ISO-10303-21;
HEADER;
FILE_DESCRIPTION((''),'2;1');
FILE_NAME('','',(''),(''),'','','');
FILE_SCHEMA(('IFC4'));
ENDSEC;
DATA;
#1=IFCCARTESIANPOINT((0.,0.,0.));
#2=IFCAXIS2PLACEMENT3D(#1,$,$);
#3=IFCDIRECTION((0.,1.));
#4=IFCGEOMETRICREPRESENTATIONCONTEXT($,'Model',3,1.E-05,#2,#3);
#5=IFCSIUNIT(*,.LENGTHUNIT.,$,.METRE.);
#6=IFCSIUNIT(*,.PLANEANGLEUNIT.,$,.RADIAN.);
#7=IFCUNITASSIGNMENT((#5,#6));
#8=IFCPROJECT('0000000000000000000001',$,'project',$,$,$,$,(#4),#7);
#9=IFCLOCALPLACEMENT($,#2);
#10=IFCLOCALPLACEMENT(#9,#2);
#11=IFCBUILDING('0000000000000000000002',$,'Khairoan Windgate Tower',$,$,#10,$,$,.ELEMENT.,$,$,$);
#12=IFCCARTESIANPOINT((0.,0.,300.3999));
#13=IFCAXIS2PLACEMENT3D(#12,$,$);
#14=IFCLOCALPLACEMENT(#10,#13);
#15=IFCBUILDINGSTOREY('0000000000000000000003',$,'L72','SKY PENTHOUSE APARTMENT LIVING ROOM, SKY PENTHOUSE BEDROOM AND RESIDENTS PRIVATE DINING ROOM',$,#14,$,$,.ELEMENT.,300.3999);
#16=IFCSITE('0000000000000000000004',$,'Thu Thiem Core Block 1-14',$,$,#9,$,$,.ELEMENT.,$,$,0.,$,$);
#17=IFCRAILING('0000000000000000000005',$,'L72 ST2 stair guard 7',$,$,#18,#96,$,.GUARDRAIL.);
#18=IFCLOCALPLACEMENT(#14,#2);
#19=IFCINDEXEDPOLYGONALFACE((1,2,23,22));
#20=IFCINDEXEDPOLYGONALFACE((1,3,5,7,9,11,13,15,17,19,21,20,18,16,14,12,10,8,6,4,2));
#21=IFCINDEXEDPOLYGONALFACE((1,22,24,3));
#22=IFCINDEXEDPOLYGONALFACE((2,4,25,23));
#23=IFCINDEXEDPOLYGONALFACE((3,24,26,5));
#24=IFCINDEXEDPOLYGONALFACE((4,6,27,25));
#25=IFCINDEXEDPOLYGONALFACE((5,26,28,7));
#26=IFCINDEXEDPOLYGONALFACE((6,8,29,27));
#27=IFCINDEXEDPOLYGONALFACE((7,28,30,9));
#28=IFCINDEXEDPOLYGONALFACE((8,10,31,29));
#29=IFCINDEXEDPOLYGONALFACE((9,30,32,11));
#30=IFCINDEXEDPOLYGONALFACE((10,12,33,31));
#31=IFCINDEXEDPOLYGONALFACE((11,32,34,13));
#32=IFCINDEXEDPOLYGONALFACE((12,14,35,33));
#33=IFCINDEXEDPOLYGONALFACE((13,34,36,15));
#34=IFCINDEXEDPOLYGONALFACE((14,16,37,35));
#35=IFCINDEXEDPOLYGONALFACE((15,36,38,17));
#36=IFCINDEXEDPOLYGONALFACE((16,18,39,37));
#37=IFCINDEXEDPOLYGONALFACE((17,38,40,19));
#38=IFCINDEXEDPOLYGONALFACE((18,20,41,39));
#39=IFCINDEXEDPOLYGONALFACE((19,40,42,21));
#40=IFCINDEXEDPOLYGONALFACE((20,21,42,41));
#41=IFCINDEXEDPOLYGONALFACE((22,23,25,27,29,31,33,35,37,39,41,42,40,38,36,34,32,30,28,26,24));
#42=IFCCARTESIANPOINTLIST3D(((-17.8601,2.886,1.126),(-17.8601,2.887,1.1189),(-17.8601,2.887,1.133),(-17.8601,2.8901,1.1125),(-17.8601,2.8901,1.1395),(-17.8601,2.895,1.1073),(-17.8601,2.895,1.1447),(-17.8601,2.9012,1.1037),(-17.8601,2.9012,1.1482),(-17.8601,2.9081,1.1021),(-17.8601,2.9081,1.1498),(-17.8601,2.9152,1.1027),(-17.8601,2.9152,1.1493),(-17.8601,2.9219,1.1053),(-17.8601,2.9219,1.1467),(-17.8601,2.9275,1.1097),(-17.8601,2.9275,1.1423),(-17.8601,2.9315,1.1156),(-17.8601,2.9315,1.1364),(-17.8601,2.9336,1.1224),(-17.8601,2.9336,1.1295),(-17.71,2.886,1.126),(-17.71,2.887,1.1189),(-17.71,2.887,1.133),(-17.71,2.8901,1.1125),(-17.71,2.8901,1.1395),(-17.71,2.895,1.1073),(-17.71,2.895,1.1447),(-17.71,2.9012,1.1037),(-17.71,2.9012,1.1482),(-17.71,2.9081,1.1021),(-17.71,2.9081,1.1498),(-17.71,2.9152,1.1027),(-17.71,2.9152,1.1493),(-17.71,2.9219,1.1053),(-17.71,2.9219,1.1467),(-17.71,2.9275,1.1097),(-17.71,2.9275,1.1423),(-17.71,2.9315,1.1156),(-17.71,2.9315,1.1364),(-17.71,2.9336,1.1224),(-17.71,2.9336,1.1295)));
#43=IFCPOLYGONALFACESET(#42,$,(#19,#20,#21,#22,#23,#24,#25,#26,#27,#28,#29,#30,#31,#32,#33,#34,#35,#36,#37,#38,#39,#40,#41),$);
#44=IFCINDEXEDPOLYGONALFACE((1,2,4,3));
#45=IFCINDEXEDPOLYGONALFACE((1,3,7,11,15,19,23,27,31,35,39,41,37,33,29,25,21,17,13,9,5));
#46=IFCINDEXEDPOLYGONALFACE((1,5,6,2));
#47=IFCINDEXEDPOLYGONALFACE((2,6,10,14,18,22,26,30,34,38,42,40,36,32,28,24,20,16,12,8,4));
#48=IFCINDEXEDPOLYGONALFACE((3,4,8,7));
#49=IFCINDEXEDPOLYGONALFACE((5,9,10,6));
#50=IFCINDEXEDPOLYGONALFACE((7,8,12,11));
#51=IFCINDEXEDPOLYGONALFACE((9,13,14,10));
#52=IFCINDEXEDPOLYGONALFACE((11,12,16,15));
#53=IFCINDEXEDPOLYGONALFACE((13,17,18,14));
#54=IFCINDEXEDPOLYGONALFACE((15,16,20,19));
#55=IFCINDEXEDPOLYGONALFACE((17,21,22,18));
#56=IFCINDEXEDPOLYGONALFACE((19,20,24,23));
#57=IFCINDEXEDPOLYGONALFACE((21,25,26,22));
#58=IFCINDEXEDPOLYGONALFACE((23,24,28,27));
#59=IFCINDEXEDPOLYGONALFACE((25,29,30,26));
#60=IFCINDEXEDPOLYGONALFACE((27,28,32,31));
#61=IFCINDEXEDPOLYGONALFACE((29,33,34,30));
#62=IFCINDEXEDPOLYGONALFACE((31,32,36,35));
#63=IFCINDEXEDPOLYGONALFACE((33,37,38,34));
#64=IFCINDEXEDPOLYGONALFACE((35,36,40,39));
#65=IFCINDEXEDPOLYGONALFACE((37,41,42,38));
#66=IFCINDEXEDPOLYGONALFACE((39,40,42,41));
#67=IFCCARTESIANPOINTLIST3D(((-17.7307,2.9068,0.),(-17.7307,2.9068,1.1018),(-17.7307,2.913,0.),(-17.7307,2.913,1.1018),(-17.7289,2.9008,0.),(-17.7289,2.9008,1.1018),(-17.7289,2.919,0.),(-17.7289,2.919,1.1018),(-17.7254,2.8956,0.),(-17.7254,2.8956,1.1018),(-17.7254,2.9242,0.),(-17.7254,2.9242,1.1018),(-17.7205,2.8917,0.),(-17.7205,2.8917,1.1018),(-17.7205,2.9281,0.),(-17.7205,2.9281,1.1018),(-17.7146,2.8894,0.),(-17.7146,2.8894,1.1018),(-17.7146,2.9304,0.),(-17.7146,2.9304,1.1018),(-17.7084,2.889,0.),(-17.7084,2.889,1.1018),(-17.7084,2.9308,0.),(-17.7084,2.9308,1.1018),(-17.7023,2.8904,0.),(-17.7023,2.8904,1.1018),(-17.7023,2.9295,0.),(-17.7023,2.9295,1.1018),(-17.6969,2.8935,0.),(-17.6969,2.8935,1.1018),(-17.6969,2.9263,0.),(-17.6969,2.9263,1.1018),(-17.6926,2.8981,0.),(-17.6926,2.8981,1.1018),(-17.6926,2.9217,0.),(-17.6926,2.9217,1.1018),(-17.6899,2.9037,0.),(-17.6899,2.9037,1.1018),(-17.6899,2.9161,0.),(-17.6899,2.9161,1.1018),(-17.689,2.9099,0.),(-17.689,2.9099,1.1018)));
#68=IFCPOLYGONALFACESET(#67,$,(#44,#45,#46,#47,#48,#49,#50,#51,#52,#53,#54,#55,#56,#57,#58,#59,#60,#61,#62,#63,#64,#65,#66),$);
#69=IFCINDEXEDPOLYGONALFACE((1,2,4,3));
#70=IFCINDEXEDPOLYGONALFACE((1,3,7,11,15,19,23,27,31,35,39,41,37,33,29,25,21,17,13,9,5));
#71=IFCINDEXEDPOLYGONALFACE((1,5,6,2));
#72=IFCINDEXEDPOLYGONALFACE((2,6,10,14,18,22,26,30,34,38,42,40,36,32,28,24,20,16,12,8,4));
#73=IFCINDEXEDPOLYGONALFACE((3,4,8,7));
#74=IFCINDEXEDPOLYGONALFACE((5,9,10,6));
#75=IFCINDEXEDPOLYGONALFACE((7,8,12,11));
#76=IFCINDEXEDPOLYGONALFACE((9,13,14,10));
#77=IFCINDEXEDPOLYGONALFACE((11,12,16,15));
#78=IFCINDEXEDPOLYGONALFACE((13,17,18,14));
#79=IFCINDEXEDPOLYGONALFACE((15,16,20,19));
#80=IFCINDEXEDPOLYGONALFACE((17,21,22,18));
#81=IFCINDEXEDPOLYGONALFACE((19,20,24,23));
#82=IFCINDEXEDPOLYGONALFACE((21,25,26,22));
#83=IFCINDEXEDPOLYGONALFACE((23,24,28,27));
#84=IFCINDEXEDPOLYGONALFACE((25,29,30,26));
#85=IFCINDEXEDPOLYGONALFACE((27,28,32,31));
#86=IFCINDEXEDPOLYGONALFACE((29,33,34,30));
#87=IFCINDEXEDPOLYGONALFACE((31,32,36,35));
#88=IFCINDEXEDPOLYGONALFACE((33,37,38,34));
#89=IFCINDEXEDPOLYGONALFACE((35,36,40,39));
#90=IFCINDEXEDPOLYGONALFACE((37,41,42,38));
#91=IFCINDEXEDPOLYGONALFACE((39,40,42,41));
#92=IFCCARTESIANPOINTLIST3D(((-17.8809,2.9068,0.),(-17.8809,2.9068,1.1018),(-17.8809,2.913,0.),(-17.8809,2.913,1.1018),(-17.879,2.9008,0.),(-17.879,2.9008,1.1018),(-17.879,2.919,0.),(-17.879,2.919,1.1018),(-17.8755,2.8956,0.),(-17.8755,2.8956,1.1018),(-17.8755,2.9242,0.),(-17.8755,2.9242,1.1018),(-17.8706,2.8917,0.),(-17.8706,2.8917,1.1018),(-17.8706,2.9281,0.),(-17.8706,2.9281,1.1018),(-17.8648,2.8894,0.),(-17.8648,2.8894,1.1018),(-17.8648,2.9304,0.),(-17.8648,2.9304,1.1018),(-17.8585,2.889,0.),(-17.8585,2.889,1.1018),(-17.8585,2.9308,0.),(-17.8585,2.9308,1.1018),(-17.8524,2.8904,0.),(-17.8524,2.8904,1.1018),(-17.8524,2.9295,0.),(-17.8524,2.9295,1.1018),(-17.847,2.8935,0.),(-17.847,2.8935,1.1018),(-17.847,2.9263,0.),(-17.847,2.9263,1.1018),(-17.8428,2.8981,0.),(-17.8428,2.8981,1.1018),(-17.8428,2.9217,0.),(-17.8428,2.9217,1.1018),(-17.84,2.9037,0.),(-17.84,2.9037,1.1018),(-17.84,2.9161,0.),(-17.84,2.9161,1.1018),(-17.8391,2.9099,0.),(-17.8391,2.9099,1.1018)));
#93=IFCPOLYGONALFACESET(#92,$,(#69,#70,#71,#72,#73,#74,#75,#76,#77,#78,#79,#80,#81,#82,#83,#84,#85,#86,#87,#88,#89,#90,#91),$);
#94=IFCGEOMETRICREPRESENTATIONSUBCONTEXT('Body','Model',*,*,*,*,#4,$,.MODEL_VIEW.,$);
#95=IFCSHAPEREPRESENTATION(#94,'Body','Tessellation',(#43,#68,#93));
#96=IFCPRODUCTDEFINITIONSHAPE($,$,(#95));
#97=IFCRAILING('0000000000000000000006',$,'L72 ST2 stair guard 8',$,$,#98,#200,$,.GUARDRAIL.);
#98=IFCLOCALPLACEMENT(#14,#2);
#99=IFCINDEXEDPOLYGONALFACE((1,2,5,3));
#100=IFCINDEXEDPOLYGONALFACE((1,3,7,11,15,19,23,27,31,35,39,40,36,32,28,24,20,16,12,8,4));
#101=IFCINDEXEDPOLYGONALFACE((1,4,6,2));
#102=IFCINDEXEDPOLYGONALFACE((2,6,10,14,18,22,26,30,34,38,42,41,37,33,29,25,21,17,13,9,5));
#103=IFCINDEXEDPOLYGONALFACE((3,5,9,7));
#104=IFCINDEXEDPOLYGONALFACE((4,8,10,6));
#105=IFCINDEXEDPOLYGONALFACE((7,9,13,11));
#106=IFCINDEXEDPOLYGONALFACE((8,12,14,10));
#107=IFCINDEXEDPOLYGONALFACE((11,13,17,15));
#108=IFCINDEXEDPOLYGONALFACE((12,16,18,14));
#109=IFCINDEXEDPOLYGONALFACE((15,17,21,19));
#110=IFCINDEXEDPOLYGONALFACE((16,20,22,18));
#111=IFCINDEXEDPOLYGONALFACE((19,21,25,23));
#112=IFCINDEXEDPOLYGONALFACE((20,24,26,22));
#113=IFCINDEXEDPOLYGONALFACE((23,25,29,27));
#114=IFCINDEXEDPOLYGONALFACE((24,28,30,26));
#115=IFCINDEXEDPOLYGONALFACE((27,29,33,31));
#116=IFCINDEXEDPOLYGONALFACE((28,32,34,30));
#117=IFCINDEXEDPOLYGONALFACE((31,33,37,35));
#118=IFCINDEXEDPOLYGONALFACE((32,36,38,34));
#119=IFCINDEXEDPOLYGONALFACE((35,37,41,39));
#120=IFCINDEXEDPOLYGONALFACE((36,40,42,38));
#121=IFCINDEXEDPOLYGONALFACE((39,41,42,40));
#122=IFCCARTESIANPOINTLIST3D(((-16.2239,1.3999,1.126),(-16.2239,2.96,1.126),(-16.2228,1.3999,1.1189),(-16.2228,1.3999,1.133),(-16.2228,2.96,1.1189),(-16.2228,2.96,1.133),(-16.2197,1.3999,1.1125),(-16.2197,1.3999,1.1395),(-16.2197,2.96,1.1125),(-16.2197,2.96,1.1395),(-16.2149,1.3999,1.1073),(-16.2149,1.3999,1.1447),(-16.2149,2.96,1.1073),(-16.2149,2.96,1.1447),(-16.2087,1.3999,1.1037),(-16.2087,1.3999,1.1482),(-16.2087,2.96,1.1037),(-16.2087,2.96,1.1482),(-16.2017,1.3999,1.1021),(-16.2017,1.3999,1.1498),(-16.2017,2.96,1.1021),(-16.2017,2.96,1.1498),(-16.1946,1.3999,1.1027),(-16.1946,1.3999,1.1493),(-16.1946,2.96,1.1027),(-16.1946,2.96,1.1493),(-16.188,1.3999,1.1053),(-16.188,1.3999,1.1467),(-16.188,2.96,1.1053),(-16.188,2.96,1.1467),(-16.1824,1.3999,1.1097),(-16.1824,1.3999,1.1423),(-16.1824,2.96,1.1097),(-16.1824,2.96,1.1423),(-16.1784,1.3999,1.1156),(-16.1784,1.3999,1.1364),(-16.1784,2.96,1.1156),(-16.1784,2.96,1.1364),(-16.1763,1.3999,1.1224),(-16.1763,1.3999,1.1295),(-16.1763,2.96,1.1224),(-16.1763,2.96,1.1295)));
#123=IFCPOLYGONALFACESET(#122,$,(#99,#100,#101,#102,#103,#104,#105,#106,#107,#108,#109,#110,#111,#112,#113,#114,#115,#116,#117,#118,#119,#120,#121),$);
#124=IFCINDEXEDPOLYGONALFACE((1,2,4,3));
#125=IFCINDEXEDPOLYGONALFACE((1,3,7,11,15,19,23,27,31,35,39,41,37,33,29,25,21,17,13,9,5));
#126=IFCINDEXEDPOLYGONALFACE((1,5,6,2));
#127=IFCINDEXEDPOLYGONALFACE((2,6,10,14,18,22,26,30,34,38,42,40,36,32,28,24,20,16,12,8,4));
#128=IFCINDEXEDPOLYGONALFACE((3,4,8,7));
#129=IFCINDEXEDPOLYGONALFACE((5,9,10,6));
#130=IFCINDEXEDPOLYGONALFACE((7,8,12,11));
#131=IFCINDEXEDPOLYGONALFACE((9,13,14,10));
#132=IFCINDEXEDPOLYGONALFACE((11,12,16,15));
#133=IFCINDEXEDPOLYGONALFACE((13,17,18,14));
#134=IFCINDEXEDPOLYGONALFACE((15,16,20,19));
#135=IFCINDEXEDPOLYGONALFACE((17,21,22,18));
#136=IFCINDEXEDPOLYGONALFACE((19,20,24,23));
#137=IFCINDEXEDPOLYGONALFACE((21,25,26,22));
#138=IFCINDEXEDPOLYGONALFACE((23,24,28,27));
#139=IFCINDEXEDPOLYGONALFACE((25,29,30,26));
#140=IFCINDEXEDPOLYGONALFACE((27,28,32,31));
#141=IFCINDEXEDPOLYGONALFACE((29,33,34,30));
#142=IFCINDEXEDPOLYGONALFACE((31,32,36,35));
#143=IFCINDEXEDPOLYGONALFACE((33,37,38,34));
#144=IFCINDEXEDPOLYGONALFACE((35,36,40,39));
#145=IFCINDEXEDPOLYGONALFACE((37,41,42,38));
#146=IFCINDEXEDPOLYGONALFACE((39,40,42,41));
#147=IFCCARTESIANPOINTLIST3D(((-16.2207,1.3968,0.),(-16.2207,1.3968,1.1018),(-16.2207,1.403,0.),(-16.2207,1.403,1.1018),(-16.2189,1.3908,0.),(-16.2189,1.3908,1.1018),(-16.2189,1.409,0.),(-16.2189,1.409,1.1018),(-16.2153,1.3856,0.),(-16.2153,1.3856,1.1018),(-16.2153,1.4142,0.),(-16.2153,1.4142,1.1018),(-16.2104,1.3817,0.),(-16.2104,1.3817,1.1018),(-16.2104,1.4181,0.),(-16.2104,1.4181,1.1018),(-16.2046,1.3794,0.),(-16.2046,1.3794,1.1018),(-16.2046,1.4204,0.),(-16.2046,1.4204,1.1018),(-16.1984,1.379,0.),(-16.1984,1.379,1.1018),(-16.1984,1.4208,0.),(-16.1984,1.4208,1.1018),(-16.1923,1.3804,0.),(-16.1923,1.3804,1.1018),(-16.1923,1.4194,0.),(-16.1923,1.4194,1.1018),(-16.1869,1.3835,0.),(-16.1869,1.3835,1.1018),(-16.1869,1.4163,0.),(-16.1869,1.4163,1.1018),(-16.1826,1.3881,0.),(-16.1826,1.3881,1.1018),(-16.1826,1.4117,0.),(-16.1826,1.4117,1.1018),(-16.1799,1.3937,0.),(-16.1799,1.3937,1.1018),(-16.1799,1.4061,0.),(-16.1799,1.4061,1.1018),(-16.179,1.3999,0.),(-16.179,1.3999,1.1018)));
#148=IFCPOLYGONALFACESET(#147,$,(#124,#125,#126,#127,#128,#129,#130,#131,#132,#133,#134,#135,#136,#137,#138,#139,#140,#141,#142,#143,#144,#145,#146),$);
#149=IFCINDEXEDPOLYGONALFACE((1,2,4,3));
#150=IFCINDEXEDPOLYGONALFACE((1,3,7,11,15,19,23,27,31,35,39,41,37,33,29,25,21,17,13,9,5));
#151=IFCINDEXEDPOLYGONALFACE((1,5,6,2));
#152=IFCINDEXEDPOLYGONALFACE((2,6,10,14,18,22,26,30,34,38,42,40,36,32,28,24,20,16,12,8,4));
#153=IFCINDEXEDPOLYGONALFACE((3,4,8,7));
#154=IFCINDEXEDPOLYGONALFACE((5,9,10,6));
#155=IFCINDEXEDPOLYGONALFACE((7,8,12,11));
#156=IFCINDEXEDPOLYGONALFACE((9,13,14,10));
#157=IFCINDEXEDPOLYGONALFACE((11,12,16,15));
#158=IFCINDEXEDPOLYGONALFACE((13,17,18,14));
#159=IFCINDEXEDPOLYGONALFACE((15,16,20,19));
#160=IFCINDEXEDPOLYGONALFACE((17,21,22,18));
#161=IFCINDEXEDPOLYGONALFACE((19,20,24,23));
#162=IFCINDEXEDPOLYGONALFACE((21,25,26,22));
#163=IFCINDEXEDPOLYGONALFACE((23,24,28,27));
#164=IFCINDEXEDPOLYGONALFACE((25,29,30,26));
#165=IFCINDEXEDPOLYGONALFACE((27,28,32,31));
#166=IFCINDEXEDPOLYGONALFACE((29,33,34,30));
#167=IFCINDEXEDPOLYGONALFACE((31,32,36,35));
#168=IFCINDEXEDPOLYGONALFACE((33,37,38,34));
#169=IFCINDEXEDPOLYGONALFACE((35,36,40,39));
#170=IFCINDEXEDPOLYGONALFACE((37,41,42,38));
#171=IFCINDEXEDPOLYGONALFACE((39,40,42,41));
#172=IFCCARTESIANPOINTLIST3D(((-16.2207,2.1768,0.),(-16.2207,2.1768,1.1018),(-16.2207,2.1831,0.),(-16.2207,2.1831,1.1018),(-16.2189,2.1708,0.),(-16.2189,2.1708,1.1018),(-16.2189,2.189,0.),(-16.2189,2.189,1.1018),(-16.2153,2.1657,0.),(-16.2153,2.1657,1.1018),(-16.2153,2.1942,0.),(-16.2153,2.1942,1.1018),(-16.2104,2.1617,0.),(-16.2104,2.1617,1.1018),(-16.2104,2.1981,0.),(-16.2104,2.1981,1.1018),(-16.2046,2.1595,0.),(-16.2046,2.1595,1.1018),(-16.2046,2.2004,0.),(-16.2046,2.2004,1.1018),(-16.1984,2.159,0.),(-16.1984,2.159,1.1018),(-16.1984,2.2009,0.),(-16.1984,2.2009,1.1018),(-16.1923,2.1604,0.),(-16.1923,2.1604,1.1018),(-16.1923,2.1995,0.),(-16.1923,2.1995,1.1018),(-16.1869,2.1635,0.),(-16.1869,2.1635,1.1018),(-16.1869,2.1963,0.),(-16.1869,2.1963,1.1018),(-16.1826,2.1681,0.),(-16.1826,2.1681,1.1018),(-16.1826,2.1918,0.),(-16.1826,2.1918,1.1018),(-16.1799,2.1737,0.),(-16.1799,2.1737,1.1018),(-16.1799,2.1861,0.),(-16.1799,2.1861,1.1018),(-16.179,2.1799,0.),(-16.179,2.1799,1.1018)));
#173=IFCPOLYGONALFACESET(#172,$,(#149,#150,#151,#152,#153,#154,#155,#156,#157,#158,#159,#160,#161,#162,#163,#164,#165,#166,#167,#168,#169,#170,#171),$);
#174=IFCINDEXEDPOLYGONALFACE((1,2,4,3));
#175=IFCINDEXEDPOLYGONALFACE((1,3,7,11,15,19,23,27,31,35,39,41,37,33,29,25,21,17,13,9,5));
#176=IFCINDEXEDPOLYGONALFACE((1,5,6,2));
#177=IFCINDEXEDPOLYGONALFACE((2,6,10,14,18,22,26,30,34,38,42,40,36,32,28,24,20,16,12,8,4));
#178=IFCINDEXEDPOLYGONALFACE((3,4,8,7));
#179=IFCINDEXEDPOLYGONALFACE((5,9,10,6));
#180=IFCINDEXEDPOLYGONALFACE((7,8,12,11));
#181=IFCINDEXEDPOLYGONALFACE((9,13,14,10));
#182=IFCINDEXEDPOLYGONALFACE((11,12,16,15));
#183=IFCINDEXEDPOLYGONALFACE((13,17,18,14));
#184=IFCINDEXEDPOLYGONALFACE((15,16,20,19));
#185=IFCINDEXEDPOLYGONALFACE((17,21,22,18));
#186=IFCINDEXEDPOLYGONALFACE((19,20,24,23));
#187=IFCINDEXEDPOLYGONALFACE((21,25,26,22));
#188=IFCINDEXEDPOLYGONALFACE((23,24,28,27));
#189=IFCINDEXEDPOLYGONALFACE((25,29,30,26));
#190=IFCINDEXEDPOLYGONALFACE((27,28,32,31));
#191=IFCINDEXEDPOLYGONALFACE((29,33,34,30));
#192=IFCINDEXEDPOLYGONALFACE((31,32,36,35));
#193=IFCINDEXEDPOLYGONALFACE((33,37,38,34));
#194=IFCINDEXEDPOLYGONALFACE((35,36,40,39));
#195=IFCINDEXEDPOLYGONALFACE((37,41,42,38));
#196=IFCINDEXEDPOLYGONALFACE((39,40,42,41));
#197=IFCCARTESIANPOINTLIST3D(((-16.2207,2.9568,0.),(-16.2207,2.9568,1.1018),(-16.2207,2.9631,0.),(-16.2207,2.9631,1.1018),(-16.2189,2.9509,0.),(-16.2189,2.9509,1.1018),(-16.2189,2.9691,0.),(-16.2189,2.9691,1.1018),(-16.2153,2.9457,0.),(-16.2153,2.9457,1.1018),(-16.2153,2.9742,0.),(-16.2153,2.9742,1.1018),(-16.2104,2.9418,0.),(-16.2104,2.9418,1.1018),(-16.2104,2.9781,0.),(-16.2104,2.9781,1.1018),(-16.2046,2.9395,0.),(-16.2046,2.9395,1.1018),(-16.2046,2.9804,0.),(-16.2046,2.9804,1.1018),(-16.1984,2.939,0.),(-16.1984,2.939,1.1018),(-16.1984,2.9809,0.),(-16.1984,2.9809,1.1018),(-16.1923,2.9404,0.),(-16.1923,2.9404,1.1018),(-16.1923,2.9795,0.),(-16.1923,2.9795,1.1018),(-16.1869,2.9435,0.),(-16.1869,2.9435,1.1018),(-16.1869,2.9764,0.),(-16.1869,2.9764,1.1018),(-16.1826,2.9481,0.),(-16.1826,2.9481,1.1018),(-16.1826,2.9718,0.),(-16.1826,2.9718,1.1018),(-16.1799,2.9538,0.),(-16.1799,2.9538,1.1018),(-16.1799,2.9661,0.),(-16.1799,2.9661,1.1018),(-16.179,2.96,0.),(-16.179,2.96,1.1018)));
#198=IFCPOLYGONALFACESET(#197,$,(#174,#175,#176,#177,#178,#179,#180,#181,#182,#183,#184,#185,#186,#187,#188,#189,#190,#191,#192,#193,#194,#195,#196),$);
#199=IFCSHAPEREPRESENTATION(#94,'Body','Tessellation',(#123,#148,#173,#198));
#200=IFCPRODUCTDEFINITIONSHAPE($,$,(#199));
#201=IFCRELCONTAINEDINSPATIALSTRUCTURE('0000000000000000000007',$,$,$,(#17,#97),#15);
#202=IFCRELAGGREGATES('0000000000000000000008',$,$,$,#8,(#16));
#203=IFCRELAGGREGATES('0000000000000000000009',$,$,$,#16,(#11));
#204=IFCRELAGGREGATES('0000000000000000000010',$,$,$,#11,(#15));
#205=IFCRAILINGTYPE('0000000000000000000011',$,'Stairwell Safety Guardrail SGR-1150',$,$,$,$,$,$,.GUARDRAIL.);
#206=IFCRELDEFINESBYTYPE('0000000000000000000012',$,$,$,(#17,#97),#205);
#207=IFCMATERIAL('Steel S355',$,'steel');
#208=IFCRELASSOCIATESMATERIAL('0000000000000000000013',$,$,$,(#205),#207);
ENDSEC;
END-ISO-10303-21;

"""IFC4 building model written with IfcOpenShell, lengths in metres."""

from ifc_helpers import new_model, si_unit, direction, frame, origin, origin_2d, place, context, subcontext, project, spatial, circle, extrude, material, type_object, element, save


model = new_model("IFC4")

# Units and contexts
model_context = context("Model", 3, precision=1e-05, world=origin(), true_north=direction((0.0, 1.0)))
body_context = subcontext(model_context, "Body", "Model", "MODEL_VIEW")
ifc_project = project(units=[si_unit("LENGTHUNIT", "METRE"), si_unit("PLANEANGLEUNIT", "RADIAN")], contexts=[model_context])

# Site, building, storey
site_placement = place(None, origin())
site = spatial("IfcSite", under=ifc_project, at=site_placement, Name="Thu Thiem Core Block 1-14", CompositionType="ELEMENT", RefElevation=0.0)
building_placement = place(site_placement, origin())
building = spatial("IfcBuilding", under=site, at=building_placement, Name="Khairoan Windgate Tower", CompositionType="ELEMENT")
storey_placement = place(building_placement, frame((0.0, 0.0, 300.3999)))
storey = spatial("IfcBuildingStorey", under=building, at=storey_placement, Name="L72", Description="SKY PENTHOUSE APARTMENT LIVING ROOM, SKY PENTHOUSE BEDROOM AND RESIDENTS PRIVATE DINING ROOM", CompositionType="ELEMENT", Elevation=300.3999)

# Railings
ifc_material_1 = material(Name="Steel S355", Category="steel")
railing_type_1 = type_object("IfcRailingType", Name="Stairwell Safety Guardrail SGR-1150", PredefinedType="GUARDRAIL", material=ifc_material_1)
railing_1_placement = place(storey_placement, frame((-17.71, 2.9099, 0.0)))
element("IfcRailing", 1, at=railing_1_placement, inside=storey, type_object=railing_type_1, Name="L72 ST2 stair guard 7", PredefinedType="GUARDRAIL", context=body_context, shape_type="SweptSolid", body=[
    extrude(circle(Radius=0.0239, at=origin_2d()), frame((0.0, 0.0, 1.126), z_axis=(-1.0, 0.0, 0.0), x_axis=(0.0, -1.0, 0.0)), (0.0, 0.0, 1.0), 0.1501),
    extrude(circle(Radius=0.021, at=origin_2d()), origin(), (0.0, 0.0, 1.0), 1.1018),
    extrude(circle(Radius=0.021, at=origin_2d()), frame((-0.1501, 0.0, 0.0)), (0.0, 0.0, 1.0), 1.1018),
])
for number, where, name in (
    (2, (-16.2, 1.3999, 0.0), "L72 ST2 stair guard 8"),
):
    element("IfcRailing", number, at=place(storey_placement, frame(where)), inside=storey, type_object=railing_type_1, Name=name, PredefinedType="GUARDRAIL", context=body_context, shape_type="SweptSolid", body=[
        extrude(circle(Radius=0.0239, at=origin_2d()), frame((0.0, 0.0, 1.126), z_axis=(0.0, 1.0, 0.0), x_axis=(-1.0, 0.0, 0.0)), (0.0, 0.0, 1.0), 1.5601),
        extrude(circle(Radius=0.021, at=origin_2d()), origin(), (0.0, 0.0, 1.0), 1.1018),
        extrude(circle(Radius=0.021, at=origin_2d()), frame((0.0, 0.78, 0.0)), (0.0, 0.0, 1.0), 1.1018),
        extrude(circle(Radius=0.021, at=origin_2d()), frame((0.0, 1.5601, 0.0)), (0.0, 0.0, 1.0), 1.1018),
    ])

save(model, "model.ifc")
